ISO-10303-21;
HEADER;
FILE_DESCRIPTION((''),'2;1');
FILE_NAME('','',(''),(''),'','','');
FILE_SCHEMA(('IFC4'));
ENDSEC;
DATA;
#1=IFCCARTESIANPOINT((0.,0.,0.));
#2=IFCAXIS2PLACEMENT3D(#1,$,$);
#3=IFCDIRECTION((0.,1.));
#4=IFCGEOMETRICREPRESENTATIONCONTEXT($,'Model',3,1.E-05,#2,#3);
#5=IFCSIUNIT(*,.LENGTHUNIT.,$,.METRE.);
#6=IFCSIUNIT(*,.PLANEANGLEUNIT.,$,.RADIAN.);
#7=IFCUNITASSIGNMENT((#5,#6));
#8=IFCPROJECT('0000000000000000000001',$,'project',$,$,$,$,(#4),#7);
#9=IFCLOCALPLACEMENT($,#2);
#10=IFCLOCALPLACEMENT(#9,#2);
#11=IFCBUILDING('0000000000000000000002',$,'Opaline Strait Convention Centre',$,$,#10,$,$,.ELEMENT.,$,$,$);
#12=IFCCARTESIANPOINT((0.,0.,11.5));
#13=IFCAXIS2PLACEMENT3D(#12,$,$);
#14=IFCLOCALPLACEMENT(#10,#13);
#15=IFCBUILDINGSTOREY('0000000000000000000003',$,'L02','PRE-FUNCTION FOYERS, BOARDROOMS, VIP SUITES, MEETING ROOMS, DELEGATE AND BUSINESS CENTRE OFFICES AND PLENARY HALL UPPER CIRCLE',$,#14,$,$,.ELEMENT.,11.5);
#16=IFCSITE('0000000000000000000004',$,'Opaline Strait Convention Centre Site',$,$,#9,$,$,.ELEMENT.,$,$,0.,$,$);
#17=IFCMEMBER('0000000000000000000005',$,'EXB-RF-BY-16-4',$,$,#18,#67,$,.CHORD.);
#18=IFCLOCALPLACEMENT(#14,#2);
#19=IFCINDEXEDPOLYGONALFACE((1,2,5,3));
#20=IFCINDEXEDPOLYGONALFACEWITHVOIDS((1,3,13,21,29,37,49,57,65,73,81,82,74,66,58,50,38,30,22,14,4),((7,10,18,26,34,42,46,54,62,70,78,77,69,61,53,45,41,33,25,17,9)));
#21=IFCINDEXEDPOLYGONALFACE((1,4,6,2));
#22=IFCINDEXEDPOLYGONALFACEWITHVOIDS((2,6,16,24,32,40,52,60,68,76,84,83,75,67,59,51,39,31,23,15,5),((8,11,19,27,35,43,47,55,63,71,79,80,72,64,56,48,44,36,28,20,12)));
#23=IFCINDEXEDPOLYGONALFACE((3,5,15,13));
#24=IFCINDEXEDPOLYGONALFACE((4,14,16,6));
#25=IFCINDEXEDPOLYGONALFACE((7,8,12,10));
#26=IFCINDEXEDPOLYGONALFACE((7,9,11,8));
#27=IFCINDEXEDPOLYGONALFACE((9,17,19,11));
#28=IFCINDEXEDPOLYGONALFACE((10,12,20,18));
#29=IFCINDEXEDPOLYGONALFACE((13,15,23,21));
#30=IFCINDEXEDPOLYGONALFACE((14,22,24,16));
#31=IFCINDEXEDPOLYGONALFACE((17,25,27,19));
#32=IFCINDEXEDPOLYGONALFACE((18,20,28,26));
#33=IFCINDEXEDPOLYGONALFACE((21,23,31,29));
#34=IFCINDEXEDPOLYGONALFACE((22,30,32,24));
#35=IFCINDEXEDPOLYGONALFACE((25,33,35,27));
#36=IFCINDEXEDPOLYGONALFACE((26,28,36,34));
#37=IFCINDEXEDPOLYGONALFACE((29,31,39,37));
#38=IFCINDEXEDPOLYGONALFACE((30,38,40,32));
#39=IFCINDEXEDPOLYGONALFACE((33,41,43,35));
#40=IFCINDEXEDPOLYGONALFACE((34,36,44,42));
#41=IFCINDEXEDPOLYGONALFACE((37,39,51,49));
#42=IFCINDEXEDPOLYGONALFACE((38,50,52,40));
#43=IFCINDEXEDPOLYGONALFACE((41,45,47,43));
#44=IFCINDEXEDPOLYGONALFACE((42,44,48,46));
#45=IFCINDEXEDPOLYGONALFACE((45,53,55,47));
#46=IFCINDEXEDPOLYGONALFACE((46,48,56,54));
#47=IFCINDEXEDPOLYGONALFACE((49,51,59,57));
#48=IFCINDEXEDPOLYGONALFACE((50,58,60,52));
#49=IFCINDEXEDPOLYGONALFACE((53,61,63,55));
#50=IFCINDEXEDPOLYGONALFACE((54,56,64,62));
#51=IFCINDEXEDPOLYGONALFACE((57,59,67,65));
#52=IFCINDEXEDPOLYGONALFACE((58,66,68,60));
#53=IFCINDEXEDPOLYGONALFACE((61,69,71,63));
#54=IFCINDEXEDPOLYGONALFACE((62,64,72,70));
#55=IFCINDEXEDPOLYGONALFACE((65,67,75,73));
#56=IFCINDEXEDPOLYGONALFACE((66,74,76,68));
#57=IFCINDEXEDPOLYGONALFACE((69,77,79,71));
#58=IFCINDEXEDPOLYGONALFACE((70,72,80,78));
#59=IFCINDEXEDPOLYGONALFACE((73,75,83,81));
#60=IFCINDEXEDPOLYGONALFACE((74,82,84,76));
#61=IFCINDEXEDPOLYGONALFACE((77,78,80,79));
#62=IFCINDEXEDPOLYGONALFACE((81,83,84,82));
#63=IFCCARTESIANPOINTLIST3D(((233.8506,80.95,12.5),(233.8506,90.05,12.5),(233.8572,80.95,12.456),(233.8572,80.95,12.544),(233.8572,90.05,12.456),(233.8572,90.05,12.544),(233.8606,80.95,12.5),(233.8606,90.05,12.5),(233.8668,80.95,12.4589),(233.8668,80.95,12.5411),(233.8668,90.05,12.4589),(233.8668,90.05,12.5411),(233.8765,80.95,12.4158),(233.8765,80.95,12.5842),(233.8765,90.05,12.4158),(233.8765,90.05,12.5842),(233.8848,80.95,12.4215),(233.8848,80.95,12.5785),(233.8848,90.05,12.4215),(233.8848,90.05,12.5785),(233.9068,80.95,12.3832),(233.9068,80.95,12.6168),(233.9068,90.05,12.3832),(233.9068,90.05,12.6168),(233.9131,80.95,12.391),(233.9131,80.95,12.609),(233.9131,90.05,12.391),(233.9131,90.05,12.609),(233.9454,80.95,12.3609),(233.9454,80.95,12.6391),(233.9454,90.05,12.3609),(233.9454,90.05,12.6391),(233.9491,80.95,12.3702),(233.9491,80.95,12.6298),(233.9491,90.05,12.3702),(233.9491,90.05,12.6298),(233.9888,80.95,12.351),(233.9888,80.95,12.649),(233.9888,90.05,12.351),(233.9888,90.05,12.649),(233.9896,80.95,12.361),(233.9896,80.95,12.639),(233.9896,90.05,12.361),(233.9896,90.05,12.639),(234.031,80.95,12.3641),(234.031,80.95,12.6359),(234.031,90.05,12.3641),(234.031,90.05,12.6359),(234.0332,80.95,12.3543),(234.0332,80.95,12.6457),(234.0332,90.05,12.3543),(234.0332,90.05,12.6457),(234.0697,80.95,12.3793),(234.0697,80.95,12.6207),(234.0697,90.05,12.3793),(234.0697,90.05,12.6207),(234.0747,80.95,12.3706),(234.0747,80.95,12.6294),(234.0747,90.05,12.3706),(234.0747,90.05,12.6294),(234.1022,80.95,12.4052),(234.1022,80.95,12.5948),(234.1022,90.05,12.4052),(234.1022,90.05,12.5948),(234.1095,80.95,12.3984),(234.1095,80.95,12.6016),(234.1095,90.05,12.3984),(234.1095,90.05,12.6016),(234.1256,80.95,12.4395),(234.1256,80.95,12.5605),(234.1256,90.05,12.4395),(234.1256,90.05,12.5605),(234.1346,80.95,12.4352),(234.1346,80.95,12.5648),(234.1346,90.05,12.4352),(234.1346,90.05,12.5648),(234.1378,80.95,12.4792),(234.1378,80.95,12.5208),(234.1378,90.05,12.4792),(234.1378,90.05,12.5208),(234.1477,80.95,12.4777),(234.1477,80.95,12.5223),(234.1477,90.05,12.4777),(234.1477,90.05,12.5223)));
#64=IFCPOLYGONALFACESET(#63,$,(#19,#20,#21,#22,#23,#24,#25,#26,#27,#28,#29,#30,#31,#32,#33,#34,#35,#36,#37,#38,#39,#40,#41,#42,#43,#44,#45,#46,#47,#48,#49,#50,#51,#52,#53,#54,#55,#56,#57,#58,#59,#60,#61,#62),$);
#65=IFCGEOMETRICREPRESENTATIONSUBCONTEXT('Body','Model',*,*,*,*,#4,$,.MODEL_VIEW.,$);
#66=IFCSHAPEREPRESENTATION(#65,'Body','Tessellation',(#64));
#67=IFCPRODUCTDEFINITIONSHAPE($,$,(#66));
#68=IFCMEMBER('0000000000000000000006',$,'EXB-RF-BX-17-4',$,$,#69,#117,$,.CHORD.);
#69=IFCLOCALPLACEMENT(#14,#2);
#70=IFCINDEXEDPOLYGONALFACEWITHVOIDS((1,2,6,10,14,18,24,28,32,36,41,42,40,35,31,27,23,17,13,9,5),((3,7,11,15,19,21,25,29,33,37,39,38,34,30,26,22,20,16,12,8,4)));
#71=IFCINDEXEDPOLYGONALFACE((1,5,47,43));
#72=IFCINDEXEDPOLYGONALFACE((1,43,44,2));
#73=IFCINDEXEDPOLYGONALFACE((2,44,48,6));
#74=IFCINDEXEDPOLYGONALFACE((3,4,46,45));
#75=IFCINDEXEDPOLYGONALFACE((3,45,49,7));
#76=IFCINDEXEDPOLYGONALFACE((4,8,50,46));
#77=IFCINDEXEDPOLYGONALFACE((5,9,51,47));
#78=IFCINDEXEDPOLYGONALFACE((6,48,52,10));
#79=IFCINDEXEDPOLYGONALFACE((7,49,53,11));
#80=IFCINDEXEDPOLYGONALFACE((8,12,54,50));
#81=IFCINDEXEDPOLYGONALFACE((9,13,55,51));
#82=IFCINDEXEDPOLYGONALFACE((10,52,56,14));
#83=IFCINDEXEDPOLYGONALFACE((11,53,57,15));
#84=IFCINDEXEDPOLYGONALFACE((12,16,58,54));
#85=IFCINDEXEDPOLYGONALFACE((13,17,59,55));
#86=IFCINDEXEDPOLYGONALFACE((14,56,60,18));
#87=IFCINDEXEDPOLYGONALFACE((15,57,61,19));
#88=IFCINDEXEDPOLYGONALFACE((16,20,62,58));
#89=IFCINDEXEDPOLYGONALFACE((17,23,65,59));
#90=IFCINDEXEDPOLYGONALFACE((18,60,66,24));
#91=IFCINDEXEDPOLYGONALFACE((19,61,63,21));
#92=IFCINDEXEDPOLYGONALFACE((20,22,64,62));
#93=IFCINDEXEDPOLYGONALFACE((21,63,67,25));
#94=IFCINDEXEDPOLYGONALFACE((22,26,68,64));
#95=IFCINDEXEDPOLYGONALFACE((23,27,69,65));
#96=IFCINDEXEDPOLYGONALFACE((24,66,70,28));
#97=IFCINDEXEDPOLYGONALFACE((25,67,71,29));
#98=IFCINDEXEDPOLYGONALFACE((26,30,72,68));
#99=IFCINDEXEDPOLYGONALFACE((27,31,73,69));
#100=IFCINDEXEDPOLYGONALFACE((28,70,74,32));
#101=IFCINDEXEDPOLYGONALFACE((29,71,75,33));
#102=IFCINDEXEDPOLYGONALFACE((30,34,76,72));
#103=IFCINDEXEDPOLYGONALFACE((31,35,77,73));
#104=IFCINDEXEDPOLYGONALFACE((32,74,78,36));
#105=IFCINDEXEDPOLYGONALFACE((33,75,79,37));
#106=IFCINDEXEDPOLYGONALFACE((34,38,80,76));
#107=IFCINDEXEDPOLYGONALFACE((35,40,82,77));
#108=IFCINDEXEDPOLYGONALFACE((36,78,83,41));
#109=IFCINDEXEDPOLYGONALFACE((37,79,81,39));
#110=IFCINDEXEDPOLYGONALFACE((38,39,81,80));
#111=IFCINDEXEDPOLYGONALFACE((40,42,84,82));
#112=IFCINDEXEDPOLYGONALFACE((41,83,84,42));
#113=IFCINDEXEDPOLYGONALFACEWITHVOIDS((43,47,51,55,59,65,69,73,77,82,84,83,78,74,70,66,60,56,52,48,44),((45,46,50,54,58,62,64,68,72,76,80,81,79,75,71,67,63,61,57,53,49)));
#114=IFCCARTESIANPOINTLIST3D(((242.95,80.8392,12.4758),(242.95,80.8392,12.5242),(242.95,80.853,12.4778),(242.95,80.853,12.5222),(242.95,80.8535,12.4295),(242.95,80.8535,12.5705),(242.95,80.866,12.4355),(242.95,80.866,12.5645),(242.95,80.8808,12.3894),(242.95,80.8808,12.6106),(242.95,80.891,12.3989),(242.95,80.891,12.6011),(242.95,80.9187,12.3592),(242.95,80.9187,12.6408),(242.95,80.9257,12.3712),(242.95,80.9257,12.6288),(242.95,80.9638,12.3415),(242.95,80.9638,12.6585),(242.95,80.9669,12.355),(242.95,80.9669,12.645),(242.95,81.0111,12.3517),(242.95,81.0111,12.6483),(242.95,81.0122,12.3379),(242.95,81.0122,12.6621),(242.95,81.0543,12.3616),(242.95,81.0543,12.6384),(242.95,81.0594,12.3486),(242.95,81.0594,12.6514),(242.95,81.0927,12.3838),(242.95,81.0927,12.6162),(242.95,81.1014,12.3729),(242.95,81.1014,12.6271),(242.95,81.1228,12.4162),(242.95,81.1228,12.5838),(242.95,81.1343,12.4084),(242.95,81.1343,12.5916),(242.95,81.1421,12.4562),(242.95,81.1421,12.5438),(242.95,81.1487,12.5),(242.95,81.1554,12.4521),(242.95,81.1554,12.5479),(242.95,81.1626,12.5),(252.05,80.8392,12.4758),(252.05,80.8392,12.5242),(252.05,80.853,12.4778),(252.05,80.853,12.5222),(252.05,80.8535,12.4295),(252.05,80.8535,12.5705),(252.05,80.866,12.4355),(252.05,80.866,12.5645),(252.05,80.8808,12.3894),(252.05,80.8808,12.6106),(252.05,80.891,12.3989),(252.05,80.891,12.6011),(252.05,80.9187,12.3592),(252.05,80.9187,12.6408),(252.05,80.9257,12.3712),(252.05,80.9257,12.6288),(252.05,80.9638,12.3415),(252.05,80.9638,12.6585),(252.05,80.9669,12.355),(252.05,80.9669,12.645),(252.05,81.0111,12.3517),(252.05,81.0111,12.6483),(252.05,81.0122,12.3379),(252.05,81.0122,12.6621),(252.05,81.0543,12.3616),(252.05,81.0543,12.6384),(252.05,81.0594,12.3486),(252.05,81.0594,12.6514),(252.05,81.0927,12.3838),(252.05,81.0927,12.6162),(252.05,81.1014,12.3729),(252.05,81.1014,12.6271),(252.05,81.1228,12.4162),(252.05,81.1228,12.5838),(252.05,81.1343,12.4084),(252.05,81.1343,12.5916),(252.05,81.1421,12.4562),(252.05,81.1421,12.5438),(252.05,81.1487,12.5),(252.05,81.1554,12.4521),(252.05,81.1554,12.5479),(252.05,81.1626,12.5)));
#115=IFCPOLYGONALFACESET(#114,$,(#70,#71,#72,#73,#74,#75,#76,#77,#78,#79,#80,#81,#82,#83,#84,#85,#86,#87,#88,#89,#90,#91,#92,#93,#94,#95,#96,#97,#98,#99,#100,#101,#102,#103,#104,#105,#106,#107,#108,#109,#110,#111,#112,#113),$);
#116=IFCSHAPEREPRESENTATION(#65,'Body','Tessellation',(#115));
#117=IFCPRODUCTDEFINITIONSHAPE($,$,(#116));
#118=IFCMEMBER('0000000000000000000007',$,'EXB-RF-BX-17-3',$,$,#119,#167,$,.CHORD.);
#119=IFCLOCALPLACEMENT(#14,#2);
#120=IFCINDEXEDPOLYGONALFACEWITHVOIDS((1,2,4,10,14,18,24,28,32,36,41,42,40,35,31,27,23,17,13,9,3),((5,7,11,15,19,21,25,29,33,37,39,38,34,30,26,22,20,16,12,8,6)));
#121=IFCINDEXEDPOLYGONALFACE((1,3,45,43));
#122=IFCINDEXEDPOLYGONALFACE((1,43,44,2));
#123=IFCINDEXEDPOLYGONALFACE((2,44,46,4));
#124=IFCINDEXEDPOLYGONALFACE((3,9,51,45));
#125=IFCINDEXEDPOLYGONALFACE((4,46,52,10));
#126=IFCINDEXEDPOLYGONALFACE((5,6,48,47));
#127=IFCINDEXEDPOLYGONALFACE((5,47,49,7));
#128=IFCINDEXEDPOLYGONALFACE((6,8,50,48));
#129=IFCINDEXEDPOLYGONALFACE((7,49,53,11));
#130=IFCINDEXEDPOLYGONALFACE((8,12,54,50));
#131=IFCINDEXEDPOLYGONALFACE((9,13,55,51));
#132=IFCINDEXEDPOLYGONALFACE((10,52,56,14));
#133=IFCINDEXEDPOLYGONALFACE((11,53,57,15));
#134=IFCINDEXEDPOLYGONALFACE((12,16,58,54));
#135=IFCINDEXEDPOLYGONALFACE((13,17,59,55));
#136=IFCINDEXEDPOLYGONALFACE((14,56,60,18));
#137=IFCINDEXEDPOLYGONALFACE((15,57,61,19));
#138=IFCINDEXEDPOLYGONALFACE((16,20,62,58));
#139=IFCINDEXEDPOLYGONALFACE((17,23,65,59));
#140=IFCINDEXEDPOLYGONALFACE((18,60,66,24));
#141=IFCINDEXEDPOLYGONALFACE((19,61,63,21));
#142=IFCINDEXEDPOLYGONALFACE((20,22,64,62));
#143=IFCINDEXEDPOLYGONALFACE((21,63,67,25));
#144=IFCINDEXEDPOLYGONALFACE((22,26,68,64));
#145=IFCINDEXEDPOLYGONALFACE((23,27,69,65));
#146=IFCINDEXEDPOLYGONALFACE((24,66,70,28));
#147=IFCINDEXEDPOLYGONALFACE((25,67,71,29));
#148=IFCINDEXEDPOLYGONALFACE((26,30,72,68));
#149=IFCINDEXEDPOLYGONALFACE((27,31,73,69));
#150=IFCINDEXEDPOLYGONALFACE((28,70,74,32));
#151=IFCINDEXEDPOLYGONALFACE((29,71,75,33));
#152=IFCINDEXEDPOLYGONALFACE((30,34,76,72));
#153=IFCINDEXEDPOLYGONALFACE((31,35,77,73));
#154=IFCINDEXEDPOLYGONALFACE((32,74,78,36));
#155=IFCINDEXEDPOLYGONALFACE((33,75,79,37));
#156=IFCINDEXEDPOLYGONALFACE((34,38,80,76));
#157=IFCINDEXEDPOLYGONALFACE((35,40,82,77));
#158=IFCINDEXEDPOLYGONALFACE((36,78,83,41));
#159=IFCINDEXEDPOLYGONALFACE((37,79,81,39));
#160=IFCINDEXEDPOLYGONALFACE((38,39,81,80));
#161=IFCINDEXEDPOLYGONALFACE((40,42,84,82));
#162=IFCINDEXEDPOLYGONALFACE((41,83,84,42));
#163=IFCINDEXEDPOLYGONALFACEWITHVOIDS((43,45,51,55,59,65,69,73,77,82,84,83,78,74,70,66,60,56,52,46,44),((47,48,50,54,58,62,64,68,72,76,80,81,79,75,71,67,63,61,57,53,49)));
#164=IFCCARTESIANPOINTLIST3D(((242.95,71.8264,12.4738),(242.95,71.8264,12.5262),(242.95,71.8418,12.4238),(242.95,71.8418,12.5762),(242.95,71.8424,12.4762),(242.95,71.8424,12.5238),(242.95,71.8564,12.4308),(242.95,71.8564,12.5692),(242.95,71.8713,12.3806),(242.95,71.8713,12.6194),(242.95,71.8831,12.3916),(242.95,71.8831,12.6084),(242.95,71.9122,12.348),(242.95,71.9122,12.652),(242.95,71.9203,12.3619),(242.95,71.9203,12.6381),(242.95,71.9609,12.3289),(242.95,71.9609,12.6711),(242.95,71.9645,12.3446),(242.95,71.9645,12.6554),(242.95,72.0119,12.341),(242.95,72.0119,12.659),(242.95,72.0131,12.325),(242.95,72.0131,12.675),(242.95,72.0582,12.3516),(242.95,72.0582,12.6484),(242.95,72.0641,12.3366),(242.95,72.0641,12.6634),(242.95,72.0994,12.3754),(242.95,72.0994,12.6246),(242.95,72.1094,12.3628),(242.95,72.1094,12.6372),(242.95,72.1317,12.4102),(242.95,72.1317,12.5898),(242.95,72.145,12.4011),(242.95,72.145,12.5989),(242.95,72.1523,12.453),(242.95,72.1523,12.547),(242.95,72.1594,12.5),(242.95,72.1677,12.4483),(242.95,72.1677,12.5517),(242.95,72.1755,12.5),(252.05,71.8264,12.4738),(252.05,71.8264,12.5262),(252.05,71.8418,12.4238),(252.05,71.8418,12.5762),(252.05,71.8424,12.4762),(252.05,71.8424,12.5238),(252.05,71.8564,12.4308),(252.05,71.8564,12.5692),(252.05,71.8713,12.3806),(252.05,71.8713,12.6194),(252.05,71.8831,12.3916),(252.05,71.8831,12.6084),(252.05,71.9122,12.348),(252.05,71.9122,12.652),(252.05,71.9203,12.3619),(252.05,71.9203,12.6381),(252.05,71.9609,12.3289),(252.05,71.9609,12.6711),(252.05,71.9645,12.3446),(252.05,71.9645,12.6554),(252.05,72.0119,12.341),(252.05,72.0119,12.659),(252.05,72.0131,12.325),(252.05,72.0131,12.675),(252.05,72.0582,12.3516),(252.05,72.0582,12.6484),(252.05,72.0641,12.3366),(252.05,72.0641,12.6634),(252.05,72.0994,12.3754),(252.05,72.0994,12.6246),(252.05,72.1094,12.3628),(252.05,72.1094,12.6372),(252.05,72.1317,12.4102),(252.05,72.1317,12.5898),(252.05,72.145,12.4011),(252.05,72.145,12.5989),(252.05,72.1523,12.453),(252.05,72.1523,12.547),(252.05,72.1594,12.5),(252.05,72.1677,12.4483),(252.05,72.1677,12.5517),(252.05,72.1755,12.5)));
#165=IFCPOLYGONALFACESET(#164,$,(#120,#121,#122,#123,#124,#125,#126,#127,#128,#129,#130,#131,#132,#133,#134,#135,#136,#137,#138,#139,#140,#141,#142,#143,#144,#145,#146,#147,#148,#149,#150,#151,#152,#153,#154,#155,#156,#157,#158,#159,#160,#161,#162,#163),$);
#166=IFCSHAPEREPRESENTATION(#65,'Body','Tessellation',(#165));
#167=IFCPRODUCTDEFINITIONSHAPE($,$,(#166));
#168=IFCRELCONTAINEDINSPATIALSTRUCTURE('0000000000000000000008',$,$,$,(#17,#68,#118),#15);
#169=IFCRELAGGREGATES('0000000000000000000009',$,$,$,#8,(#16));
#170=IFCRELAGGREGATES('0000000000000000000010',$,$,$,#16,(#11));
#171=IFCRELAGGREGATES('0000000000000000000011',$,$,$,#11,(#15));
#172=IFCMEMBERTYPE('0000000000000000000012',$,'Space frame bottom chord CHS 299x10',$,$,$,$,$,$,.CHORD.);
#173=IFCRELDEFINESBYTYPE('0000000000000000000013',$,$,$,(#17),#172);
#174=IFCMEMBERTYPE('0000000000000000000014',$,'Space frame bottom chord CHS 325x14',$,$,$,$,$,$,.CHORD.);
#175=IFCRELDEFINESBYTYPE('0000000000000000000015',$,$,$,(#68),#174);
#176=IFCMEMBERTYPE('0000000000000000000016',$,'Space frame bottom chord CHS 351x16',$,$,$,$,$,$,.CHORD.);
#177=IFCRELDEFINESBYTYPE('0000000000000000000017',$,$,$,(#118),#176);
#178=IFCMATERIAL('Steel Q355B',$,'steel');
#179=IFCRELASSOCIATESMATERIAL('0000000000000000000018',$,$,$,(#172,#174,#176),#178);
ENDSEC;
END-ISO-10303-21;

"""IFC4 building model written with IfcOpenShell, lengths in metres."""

from ifc_helpers import new_model, si_unit, direction, frame, origin, origin_2d, place, context, subcontext, project, spatial, hollow_circle, extrude, material, material_profile, profile_set, type_object, element, save


model = new_model("IFC4")

# Units and contexts
model_context = context("Model", 3, precision=1e-05, world=origin(), true_north=direction((0.0, 1.0)))
body_context = subcontext(model_context, "Body", "Model", "MODEL_VIEW")
ifc_project = project(units=[si_unit("LENGTHUNIT", "METRE"), si_unit("PLANEANGLEUNIT", "RADIAN")], contexts=[model_context])

# Site, building, storey
site_placement = place(None, origin())
site = spatial("IfcSite", under=ifc_project, at=site_placement, Name="Opaline Strait Convention Centre Site", CompositionType="ELEMENT", RefElevation=0.0)
building_placement = place(site_placement, origin())
building = spatial("IfcBuilding", under=site, at=building_placement, Name="Opaline Strait Convention Centre", CompositionType="ELEMENT")
storey_placement = place(building_placement, frame((0.0, 0.0, 11.5)))
storey = spatial("IfcBuildingStorey", under=building, at=storey_placement, Name="L02", Description="PRE-FUNCTION FOYERS, BOARDROOMS, VIP SUITES, MEETING ROOMS, DELEGATE AND BUSINESS CENTRE OFFICES AND PLENARY HALL UPPER CIRCLE", CompositionType="ELEMENT", Elevation=11.5)

# Members
ifc_material = material(Name="Steel Q355B", Category="steel")
ifc_material_profile_1 = material_profile(ifc_material, hollow_circle(Radius=0.1494, WallThickness=0.01, at=origin_2d()), Name="CHS 299x10")
ifc_profile_set_1 = profile_set([ifc_material_profile_1], Name="Steel Q355B")
member_type_1 = type_object("IfcMemberType", Name="Space frame bottom chord CHS 299x10", PredefinedType="CHORD", material=ifc_profile_set_1)
for number, where, z_axis, x_axis, name in (
    (1, (234.0, 80.95, 12.5), (0.0, 1.0, 0.0), (-1.0, 0.0, 0.0), "EXB-RF-BY-16-4"),
):
    element("IfcMember", number, at=place(storey_placement, frame(where, z_axis=z_axis, x_axis=x_axis)), inside=storey, type_object=member_type_1, Name=name, PredefinedType="CHORD", context=body_context, shape_type="SweptSolid", body=[
        extrude(hollow_circle(Radius=0.1494, WallThickness=0.01, at=origin_2d()), origin(), (0.0, 0.0, 1.0), 9.1001),
    ])
ifc_material_profile_2 = material_profile(ifc_material, hollow_circle(Radius=0.1626, WallThickness=0.0139, at=origin_2d()), Name="CHS 325x14")
ifc_profile_set_2 = profile_set([ifc_material_profile_2], Name="Steel Q355B")
member_type_2 = type_object("IfcMemberType", Name="Space frame bottom chord CHS 325x14", PredefinedType="CHORD", material=ifc_profile_set_2)
member_1_placement = place(storey_placement, frame((242.95, 81.0, 12.5), z_axis=(1.0, 0.0, 0.0), x_axis=(0.0, 1.0, 0.0)))
element("IfcMember", 2, at=member_1_placement, inside=storey, type_object=member_type_2, Name="EXB-RF-BX-17-4", PredefinedType="CHORD", context=body_context, shape_type="SweptSolid", body=[
    extrude(hollow_circle(Radius=0.1626, WallThickness=0.0139, at=origin_2d()), origin(), (0.0, 0.0, 1.0), 9.1001),
])
ifc_material_profile_3 = material_profile(ifc_material, hollow_circle(Radius=0.1755, WallThickness=0.0161, at=origin_2d()), Name="CHS 351x16")
ifc_profile_set_3 = profile_set([ifc_material_profile_3], Name="Steel Q355B")
member_type_3 = type_object("IfcMemberType", Name="Space frame bottom chord CHS 351x16", PredefinedType="CHORD", material=ifc_profile_set_3)
member_2_placement = place(storey_placement, frame((242.95, 72.0, 12.5), z_axis=(1.0, 0.0, 0.0), x_axis=(0.0, 1.0, 0.0)))
element("IfcMember", 3, at=member_2_placement, inside=storey, type_object=member_type_3, Name="EXB-RF-BX-17-3", PredefinedType="CHORD", context=body_context, shape_type="SweptSolid", body=[
    extrude(hollow_circle(Radius=0.1755, WallThickness=0.0161, at=origin_2d()), origin(), (0.0, 0.0, 1.0), 9.1001),
])

save(model, "model.ifc")
